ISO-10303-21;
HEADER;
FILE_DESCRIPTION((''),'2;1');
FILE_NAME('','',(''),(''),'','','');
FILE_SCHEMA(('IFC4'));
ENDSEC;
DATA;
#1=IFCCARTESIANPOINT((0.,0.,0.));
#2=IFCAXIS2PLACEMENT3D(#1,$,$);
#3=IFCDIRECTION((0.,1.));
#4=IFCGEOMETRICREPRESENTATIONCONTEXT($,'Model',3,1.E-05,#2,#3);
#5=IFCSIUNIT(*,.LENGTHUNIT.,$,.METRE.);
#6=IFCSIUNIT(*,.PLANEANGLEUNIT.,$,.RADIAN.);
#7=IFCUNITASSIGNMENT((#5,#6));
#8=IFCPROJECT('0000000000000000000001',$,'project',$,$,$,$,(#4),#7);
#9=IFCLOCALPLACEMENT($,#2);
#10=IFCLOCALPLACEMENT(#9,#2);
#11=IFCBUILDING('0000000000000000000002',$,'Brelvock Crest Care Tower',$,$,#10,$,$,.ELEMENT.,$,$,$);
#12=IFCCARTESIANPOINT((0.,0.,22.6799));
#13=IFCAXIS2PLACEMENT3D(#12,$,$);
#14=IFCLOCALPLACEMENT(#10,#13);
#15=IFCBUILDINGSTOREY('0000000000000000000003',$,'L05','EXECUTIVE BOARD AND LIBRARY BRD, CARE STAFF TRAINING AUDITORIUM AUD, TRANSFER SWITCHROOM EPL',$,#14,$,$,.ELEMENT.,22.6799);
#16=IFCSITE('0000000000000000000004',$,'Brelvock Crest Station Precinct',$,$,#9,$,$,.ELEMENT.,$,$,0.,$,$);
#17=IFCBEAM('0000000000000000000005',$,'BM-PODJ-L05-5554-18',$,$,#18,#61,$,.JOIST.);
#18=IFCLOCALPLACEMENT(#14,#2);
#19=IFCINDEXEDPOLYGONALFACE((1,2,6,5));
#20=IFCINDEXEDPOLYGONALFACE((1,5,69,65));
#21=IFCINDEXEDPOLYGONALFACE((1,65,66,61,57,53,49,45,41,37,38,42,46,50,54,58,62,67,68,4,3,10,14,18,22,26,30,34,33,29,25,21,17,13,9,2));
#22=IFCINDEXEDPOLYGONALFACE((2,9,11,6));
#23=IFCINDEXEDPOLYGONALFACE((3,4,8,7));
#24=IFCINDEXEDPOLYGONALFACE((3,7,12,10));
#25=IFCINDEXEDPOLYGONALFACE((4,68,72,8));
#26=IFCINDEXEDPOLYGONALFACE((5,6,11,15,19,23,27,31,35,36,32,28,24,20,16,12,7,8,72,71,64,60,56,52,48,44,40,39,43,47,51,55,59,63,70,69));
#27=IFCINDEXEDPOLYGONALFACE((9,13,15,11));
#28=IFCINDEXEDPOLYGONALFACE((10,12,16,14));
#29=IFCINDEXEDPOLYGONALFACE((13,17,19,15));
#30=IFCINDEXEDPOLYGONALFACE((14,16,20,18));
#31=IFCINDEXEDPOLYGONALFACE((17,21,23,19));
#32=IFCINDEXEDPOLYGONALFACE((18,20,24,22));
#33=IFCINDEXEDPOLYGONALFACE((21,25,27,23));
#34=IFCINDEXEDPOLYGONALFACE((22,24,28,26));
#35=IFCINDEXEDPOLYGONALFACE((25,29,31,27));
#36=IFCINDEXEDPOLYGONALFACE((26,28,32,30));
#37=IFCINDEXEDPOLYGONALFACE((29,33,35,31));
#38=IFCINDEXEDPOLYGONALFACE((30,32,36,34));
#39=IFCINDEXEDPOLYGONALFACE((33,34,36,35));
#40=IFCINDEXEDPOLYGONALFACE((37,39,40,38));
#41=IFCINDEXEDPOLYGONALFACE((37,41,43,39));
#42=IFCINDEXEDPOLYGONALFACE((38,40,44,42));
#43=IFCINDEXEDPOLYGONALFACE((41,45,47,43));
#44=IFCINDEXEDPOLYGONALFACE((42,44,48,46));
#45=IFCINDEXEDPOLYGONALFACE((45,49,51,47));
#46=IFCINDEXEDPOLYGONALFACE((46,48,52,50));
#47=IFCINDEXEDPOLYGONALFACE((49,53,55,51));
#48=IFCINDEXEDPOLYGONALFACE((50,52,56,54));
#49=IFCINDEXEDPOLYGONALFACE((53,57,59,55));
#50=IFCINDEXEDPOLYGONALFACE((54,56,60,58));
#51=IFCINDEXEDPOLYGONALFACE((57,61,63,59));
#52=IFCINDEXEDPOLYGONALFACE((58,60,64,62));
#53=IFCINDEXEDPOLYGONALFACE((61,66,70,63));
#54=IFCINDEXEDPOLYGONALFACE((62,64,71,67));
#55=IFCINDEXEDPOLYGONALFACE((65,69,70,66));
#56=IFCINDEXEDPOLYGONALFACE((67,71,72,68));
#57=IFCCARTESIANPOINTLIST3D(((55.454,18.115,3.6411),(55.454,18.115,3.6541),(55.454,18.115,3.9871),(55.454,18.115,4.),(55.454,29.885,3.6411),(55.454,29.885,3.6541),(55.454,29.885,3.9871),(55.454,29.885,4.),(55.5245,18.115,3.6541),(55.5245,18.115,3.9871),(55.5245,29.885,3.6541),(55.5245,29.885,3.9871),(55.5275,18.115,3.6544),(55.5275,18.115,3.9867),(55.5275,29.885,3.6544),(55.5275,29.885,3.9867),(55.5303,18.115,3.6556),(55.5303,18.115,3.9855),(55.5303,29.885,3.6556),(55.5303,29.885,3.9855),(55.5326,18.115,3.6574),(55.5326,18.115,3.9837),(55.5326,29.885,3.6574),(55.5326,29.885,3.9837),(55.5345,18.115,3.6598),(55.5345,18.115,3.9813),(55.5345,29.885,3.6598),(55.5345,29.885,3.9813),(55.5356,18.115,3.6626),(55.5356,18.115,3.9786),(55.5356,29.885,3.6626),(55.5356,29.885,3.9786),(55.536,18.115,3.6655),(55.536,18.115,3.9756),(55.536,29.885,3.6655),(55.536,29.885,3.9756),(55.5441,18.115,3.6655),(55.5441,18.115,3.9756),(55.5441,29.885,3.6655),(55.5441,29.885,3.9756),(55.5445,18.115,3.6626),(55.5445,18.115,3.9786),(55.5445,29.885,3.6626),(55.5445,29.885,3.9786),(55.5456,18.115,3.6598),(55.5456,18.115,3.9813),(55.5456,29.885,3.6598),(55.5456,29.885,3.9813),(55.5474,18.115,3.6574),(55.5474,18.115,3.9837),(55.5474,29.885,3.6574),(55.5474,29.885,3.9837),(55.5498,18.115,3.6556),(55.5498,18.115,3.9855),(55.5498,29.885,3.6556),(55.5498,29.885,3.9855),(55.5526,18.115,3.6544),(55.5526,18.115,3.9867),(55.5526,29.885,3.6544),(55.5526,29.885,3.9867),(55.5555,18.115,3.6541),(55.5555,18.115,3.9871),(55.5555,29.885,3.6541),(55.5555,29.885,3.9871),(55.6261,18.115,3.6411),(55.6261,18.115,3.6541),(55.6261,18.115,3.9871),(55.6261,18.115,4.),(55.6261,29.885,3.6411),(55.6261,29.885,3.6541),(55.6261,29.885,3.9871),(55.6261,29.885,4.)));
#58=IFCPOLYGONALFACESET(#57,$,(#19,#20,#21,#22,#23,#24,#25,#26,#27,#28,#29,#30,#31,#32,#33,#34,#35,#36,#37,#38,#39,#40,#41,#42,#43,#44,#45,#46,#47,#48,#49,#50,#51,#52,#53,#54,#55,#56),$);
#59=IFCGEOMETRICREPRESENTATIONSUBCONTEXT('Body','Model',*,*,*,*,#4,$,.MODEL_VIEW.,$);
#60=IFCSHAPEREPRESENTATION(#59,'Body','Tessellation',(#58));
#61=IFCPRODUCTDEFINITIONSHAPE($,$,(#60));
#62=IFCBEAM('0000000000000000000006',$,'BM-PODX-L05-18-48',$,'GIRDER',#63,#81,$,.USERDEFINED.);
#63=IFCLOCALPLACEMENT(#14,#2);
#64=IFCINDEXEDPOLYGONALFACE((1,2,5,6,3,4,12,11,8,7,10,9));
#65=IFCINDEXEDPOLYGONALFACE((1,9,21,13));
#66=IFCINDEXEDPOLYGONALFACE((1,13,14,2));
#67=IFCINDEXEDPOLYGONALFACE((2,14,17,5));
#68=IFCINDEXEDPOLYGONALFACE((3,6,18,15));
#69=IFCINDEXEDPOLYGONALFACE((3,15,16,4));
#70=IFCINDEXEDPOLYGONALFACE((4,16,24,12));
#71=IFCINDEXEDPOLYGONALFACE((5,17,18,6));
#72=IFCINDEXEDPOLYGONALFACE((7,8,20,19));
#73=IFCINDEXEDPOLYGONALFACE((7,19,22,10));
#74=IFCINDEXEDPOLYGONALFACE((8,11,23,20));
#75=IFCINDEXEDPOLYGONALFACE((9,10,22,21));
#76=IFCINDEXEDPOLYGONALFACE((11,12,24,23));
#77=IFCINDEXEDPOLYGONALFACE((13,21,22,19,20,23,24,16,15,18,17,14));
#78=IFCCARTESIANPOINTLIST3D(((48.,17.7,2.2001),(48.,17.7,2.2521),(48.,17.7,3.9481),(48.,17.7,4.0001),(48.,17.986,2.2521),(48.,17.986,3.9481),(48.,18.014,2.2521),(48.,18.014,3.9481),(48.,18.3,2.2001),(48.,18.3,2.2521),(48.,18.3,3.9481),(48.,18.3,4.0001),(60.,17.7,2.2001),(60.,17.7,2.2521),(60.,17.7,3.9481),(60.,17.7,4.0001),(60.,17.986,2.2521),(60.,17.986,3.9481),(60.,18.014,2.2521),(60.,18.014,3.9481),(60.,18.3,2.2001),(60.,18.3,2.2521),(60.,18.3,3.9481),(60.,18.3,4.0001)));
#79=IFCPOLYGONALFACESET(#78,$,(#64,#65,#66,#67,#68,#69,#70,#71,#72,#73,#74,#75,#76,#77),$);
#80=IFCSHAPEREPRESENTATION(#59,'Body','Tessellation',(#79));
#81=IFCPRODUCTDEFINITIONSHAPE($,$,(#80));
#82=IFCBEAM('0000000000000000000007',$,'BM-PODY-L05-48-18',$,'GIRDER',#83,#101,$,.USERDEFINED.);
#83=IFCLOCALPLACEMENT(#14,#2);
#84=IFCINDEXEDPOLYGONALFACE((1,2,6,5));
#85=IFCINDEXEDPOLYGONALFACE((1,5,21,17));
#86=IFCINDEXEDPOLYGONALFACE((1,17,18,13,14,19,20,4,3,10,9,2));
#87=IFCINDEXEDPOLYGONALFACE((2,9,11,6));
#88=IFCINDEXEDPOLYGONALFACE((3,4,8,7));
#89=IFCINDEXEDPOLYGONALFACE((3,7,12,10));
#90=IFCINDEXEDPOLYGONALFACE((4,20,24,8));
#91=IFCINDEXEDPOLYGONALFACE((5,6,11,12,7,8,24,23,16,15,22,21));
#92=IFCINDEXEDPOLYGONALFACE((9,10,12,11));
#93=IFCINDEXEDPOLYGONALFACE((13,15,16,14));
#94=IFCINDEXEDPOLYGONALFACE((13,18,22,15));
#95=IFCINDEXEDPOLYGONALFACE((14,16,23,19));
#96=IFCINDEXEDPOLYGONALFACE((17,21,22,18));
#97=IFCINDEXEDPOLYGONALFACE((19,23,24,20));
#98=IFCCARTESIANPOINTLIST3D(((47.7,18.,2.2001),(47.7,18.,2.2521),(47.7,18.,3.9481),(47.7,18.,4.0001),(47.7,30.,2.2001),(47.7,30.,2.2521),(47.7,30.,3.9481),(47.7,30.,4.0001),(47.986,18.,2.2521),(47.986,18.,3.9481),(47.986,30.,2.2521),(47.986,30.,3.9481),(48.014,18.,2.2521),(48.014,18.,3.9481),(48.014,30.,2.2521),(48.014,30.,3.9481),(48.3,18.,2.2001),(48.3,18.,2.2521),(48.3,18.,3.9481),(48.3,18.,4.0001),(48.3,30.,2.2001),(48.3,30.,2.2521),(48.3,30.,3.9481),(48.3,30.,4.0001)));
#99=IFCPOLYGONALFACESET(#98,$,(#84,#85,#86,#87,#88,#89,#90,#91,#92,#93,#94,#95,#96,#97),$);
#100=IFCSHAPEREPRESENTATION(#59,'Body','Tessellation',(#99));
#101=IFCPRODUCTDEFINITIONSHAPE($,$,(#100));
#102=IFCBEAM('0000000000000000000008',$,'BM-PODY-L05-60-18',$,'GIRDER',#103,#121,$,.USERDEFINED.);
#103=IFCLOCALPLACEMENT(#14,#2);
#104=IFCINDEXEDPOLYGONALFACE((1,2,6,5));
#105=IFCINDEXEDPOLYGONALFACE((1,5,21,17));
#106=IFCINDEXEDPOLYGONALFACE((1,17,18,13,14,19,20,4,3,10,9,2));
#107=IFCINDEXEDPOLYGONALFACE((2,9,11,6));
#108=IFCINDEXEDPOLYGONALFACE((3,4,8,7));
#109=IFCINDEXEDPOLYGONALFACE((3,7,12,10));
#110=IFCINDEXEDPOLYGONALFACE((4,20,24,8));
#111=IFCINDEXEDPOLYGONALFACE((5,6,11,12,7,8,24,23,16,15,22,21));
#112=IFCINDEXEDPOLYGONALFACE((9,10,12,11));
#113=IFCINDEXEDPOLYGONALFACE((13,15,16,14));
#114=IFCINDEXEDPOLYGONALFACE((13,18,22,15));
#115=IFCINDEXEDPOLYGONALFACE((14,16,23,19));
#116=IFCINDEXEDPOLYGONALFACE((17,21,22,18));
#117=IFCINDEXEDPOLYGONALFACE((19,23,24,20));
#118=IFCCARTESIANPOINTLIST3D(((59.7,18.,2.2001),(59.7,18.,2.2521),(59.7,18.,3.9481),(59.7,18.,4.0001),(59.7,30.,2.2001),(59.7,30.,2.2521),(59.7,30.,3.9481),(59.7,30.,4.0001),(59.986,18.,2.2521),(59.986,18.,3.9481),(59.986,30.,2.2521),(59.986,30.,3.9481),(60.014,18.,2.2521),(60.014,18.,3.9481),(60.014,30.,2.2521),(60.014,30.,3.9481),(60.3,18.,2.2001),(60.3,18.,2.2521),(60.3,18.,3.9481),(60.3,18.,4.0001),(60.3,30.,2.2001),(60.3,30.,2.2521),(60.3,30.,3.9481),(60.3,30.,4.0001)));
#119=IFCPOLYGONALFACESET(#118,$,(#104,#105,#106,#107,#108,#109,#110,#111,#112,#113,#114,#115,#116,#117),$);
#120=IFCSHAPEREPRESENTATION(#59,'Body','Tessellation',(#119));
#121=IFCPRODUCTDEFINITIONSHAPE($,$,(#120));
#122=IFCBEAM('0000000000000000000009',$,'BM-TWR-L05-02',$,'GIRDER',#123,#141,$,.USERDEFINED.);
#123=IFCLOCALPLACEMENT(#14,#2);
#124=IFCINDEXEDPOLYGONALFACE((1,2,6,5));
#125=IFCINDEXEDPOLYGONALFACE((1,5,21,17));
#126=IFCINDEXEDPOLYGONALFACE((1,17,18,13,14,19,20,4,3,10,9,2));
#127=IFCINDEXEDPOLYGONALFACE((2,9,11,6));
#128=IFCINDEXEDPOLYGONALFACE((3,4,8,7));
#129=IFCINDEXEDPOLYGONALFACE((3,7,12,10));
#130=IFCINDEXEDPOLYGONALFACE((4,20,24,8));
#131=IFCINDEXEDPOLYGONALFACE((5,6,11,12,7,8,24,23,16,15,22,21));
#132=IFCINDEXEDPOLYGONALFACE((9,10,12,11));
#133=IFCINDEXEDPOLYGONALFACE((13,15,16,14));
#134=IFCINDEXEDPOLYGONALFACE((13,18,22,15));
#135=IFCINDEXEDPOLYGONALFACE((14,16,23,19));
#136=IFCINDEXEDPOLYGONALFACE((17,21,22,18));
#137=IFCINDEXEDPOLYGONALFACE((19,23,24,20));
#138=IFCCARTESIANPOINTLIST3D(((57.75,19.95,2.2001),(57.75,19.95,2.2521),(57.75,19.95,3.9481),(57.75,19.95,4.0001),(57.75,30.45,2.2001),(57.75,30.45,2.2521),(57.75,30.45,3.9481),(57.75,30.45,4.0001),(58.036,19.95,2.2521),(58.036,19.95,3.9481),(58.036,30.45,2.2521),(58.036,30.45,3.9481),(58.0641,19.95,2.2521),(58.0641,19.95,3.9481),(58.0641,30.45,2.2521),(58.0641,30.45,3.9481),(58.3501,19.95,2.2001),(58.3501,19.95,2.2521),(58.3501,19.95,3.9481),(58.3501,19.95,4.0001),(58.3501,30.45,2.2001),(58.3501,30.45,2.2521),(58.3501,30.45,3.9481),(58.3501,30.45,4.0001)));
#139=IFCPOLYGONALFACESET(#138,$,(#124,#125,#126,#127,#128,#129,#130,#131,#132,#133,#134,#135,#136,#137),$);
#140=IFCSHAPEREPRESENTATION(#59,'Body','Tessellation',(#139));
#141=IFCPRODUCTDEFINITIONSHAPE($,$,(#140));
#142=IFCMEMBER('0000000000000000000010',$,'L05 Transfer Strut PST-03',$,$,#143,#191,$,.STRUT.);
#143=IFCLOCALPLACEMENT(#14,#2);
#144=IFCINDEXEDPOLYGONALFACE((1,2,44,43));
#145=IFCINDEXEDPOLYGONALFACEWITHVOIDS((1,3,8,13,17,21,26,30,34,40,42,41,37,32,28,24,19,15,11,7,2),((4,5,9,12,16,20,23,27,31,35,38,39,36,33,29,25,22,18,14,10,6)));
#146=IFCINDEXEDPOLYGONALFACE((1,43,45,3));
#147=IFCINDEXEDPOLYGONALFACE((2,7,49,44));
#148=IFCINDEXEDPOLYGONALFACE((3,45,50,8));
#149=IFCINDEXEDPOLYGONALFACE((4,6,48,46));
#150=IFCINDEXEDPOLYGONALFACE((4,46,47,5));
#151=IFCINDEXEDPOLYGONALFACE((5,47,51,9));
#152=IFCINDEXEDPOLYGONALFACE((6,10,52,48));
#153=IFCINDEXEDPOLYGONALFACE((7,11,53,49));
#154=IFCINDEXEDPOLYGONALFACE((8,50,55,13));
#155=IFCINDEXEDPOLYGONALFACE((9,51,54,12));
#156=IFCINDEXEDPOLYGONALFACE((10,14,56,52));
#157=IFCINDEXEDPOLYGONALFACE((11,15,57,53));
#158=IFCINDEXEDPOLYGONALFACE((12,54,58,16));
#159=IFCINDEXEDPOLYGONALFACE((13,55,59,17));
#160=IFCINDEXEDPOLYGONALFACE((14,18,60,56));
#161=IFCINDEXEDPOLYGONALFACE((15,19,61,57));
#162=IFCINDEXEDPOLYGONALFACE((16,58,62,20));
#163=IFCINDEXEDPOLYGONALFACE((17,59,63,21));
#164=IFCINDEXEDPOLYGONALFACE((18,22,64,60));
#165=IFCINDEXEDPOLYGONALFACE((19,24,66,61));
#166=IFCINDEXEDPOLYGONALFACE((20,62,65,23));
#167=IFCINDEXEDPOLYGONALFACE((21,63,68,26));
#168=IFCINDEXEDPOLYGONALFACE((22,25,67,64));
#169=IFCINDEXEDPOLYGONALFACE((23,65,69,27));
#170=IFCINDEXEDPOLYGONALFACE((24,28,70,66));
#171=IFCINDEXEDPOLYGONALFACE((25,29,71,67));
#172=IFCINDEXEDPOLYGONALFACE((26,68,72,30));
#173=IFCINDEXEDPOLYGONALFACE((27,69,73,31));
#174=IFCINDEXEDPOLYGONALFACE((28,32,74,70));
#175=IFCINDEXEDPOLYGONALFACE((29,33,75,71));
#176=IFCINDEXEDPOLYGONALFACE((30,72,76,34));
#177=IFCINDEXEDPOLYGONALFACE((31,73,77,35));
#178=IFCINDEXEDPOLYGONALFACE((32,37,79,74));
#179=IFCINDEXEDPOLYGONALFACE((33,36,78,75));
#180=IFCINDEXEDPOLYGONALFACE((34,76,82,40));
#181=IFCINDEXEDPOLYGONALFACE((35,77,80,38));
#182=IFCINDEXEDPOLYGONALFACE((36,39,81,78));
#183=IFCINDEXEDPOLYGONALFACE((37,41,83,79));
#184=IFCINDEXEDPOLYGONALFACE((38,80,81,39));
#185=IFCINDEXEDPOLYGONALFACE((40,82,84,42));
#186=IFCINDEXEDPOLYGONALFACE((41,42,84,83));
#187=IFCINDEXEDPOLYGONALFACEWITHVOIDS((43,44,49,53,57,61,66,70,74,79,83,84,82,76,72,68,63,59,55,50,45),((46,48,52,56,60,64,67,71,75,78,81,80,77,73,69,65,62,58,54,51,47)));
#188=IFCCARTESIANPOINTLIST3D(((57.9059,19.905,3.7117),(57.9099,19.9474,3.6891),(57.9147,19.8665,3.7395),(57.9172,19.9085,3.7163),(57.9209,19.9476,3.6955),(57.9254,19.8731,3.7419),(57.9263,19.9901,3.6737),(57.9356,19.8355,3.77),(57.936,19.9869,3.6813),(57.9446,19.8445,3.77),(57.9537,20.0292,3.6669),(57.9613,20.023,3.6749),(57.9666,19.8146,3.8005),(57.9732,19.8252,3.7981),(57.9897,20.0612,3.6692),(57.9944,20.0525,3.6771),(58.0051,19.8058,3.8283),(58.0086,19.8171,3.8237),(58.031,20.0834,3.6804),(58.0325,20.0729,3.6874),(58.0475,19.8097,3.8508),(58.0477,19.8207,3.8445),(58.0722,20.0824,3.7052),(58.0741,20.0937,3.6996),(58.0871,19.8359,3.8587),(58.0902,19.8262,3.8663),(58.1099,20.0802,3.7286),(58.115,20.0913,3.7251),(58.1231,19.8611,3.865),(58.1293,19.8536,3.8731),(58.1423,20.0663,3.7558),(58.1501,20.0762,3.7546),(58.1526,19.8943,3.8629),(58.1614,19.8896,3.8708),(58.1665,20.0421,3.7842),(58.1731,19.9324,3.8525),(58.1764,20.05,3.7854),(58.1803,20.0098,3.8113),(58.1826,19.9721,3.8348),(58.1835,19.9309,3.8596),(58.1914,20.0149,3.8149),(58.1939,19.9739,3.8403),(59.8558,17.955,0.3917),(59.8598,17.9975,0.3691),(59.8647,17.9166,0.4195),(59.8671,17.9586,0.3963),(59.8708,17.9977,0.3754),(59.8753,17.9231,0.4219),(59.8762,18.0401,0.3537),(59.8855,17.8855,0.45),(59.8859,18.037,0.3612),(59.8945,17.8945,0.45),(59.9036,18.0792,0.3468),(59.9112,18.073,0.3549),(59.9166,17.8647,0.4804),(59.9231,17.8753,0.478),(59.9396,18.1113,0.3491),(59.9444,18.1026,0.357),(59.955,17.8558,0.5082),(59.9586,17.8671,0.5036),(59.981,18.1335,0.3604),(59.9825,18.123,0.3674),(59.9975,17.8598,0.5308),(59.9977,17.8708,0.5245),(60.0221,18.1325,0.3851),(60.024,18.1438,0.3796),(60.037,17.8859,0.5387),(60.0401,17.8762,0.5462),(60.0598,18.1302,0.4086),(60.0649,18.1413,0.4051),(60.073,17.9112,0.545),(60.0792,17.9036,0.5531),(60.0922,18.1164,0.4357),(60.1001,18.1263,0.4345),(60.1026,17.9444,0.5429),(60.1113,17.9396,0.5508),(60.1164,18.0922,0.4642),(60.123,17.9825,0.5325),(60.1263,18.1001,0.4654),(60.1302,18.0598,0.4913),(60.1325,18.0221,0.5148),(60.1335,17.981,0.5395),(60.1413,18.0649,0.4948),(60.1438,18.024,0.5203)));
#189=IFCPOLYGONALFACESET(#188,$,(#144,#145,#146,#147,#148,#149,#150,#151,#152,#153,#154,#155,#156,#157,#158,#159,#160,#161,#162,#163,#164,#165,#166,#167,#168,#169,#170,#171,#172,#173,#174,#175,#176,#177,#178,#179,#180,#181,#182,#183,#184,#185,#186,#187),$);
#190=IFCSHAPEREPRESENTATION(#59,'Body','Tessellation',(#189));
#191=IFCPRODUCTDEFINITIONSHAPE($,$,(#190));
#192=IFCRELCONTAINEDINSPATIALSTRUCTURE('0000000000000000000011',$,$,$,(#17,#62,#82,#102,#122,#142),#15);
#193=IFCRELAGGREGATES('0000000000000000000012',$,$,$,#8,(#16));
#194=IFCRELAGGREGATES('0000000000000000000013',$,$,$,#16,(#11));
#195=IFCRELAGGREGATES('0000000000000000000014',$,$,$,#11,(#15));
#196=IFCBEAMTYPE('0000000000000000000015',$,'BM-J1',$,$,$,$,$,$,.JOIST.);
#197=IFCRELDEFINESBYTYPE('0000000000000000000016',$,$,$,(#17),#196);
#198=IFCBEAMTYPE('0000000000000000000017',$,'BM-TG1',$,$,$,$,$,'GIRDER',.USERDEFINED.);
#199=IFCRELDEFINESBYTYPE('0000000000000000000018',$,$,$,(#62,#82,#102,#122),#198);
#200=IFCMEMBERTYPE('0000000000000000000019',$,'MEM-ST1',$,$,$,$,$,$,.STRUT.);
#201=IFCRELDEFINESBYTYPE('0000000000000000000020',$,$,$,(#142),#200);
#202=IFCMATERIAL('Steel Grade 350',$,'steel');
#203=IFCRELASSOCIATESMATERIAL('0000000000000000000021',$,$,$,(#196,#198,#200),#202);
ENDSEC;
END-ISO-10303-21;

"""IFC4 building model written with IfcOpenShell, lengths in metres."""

from ifc_helpers import new_model, si_unit, direction, frame, origin, origin_2d, place, context, subcontext, project, spatial, hollow_circle, i_section, extrude, source, transform, mapped, material, material_profile, profile_set, type_object, element, save


model = new_model("IFC4")

# Units and contexts
model_context = context("Model", 3, precision=1e-05, world=origin(), true_north=direction((0.0, 1.0)))
body_context = subcontext(model_context, "Body", "Model", "MODEL_VIEW")
ifc_project = project(units=[si_unit("LENGTHUNIT", "METRE"), si_unit("PLANEANGLEUNIT", "RADIAN")], contexts=[model_context])

# Site, building, storey
site_placement = place(None, origin())
site = spatial("IfcSite", under=ifc_project, at=site_placement, Name="Brelvock Crest Station Precinct", CompositionType="ELEMENT", RefElevation=0.0)
building_placement = place(site_placement, origin())
building = spatial("IfcBuilding", under=site, at=building_placement, Name="Brelvock Crest Care Tower", CompositionType="ELEMENT")
storey_placement = place(building_placement, frame((0.0, 0.0, 22.6799)))
storey = spatial("IfcBuildingStorey", under=building, at=storey_placement, Name="L05", Description="EXECUTIVE BOARD AND LIBRARY BRD, CARE STAFF TRAINING AUDITORIUM AUD, TRANSFER SWITCHROOM EPL", CompositionType="ELEMENT", Elevation=22.6799)

# Shared definitions
ifc_material_1 = material(Name="Steel Grade 350", Category="steel")

# Beams
ifc_material_profile_1 = material_profile(ifc_material_1, i_section(OverallWidth=0.1721, OverallDepth=0.3589, WebThickness=0.0081, FlangeThickness=0.0129, FilletRadius=0.0115, at=origin_2d()), Name="360UB56.7")
ifc_profile_set_1 = profile_set([ifc_material_profile_1], Name="Steel Grade 350")
beam_type_1 = type_object("IfcBeamType", Name="BM-J1", PredefinedType="JOIST", material=ifc_profile_set_1)
shared_shape_1 = source(origin(), body_context, "Body", "SweptSolid", [
    extrude(i_section(OverallWidth=0.1721, OverallDepth=0.3589, WebThickness=0.0081, FlangeThickness=0.0129, FilletRadius=0.0115, at=origin_2d()), origin(), (0.0, 0.0, 1.0), 11.77),
])
for number, where, z_axis, x_axis, name in (
    (1, (55.54, 18.115, 3.8206), (0.0, 1.0, 0.0), (-1.0, 0.0, 0.0), "BM-PODJ-L05-5554-18"),
):
    element("IfcBeam", number, at=place(storey_placement, frame(where, z_axis=z_axis, x_axis=x_axis)), inside=storey, type_object=beam_type_1, Name=name, PredefinedType="JOIST", context=body_context, shape_type="MappedRepresentation", body=[
        mapped(shared_shape_1, transform((0.0, 0.0, 0.0), x_axis=(1.0, 0.0, 0.0), y_axis=(0.0, 1.0, 0.0), z_axis=(0.0, 0.0, 1.0), scale=1.0)),
    ])
ifc_material_profile_2 = material_profile(ifc_material_1, i_section(OverallWidth=0.6001, OverallDepth=1.8, WebThickness=0.0281, FlangeThickness=0.052, at=origin_2d()), Name="1800TG740")
ifc_profile_set_2 = profile_set([ifc_material_profile_2], Name="Steel Grade 350")
beam_type_2 = type_object("IfcBeamType", Name="BM-TG1", ElementType="GIRDER", PredefinedType="USERDEFINED", material=ifc_profile_set_2)
shared_shape_2 = source(origin(), body_context, "Body", "SweptSolid", [
    extrude(i_section(OverallWidth=0.6001, OverallDepth=1.8, WebThickness=0.0281, FlangeThickness=0.052, at=origin_2d()), origin(), (0.0, 0.0, 1.0), 12.0),
])
for number, where, z_axis, x_axis, name in (
    (2, (48.0, 18.0, 3.1001), (1.0, 0.0, 0.0), (0.0, 1.0, 0.0), "BM-PODX-L05-18-48"),
    (3, (48.0, 18.0, 3.1001), (0.0, 1.0, 0.0), (-1.0, 0.0, 0.0), "BM-PODY-L05-48-18"),
    (4, (60.0, 18.0, 3.1001), (0.0, 1.0, 0.0), (-1.0, 0.0, 0.0), "BM-PODY-L05-60-18"),
):
    element("IfcBeam", number, at=place(storey_placement, frame(where, z_axis=z_axis, x_axis=x_axis)), inside=storey, type_object=beam_type_2, Name=name, ObjectType="GIRDER", PredefinedType="USERDEFINED", context=body_context, shape_type="MappedRepresentation", body=[
        mapped(shared_shape_2, transform((0.0, 0.0, 0.0), x_axis=(1.0, 0.0, 0.0), y_axis=(0.0, 1.0, 0.0), z_axis=(0.0, 0.0, 1.0), scale=1.0)),
    ])
shared_shape_3 = source(origin(), body_context, "Body", "SweptSolid", [
    extrude(i_section(OverallWidth=0.6001, OverallDepth=1.8, WebThickness=0.0281, FlangeThickness=0.052, at=origin_2d()), origin(), (0.0, 0.0, 1.0), 10.5),
])
beam_placement = place(storey_placement, frame((58.05, 19.95, 3.1001), z_axis=(0.0, 1.0, 0.0), x_axis=(-1.0, 0.0, 0.0)))
element("IfcBeam", 5, at=beam_placement, inside=storey, type_object=beam_type_2, Name="BM-TWR-L05-02", ObjectType="GIRDER", PredefinedType="USERDEFINED", context=body_context, shape_type="MappedRepresentation", body=[
    mapped(shared_shape_3, transform((0.0, 0.0, 0.0), x_axis=(1.0, 0.0, 0.0), y_axis=(0.0, 1.0, 0.0), z_axis=(0.0, 0.0, 1.0), scale=1.0)),
])

# Member
ifc_material_profile_3 = material_profile(ifc_material_1, hollow_circle(Radius=0.1619, WallThickness=0.0127, at=origin_2d()), Name="CHS323.9x12.7")
ifc_profile_set_3 = profile_set([ifc_material_profile_3], Name="Steel Grade 350")
member_type_1 = type_object("IfcMemberType", Name="MEM-ST1", PredefinedType="STRUT", material=ifc_profile_set_3)
shared_shape_4 = source(origin(), body_context, "Body", "SweptSolid", [
    extrude(hollow_circle(Radius=0.1619, WallThickness=0.0127, at=origin_2d()), origin(), (0.0, 0.0, 1.0), 4.3159),
])
member_1_placement = place(storey_placement, frame((60.0, 18.0, 0.45), z_axis=(-0.451801, 0.451801, 0.769255), x_axis=(-0.707107, -0.707107, 0.0)))
element("IfcMember", 6, at=member_1_placement, inside=storey, type_object=member_type_1, Name="L05 Transfer Strut PST-03", PredefinedType="STRUT", context=body_context, shape_type="MappedRepresentation", body=[
    mapped(shared_shape_4, transform((0.0, 0.0, 0.0), x_axis=(1.0, 0.0, 0.0), y_axis=(0.0, 1.0, 0.0), z_axis=(0.0, 0.0, 1.0), scale=1.0)),
])

save(model, "model.ifc")
